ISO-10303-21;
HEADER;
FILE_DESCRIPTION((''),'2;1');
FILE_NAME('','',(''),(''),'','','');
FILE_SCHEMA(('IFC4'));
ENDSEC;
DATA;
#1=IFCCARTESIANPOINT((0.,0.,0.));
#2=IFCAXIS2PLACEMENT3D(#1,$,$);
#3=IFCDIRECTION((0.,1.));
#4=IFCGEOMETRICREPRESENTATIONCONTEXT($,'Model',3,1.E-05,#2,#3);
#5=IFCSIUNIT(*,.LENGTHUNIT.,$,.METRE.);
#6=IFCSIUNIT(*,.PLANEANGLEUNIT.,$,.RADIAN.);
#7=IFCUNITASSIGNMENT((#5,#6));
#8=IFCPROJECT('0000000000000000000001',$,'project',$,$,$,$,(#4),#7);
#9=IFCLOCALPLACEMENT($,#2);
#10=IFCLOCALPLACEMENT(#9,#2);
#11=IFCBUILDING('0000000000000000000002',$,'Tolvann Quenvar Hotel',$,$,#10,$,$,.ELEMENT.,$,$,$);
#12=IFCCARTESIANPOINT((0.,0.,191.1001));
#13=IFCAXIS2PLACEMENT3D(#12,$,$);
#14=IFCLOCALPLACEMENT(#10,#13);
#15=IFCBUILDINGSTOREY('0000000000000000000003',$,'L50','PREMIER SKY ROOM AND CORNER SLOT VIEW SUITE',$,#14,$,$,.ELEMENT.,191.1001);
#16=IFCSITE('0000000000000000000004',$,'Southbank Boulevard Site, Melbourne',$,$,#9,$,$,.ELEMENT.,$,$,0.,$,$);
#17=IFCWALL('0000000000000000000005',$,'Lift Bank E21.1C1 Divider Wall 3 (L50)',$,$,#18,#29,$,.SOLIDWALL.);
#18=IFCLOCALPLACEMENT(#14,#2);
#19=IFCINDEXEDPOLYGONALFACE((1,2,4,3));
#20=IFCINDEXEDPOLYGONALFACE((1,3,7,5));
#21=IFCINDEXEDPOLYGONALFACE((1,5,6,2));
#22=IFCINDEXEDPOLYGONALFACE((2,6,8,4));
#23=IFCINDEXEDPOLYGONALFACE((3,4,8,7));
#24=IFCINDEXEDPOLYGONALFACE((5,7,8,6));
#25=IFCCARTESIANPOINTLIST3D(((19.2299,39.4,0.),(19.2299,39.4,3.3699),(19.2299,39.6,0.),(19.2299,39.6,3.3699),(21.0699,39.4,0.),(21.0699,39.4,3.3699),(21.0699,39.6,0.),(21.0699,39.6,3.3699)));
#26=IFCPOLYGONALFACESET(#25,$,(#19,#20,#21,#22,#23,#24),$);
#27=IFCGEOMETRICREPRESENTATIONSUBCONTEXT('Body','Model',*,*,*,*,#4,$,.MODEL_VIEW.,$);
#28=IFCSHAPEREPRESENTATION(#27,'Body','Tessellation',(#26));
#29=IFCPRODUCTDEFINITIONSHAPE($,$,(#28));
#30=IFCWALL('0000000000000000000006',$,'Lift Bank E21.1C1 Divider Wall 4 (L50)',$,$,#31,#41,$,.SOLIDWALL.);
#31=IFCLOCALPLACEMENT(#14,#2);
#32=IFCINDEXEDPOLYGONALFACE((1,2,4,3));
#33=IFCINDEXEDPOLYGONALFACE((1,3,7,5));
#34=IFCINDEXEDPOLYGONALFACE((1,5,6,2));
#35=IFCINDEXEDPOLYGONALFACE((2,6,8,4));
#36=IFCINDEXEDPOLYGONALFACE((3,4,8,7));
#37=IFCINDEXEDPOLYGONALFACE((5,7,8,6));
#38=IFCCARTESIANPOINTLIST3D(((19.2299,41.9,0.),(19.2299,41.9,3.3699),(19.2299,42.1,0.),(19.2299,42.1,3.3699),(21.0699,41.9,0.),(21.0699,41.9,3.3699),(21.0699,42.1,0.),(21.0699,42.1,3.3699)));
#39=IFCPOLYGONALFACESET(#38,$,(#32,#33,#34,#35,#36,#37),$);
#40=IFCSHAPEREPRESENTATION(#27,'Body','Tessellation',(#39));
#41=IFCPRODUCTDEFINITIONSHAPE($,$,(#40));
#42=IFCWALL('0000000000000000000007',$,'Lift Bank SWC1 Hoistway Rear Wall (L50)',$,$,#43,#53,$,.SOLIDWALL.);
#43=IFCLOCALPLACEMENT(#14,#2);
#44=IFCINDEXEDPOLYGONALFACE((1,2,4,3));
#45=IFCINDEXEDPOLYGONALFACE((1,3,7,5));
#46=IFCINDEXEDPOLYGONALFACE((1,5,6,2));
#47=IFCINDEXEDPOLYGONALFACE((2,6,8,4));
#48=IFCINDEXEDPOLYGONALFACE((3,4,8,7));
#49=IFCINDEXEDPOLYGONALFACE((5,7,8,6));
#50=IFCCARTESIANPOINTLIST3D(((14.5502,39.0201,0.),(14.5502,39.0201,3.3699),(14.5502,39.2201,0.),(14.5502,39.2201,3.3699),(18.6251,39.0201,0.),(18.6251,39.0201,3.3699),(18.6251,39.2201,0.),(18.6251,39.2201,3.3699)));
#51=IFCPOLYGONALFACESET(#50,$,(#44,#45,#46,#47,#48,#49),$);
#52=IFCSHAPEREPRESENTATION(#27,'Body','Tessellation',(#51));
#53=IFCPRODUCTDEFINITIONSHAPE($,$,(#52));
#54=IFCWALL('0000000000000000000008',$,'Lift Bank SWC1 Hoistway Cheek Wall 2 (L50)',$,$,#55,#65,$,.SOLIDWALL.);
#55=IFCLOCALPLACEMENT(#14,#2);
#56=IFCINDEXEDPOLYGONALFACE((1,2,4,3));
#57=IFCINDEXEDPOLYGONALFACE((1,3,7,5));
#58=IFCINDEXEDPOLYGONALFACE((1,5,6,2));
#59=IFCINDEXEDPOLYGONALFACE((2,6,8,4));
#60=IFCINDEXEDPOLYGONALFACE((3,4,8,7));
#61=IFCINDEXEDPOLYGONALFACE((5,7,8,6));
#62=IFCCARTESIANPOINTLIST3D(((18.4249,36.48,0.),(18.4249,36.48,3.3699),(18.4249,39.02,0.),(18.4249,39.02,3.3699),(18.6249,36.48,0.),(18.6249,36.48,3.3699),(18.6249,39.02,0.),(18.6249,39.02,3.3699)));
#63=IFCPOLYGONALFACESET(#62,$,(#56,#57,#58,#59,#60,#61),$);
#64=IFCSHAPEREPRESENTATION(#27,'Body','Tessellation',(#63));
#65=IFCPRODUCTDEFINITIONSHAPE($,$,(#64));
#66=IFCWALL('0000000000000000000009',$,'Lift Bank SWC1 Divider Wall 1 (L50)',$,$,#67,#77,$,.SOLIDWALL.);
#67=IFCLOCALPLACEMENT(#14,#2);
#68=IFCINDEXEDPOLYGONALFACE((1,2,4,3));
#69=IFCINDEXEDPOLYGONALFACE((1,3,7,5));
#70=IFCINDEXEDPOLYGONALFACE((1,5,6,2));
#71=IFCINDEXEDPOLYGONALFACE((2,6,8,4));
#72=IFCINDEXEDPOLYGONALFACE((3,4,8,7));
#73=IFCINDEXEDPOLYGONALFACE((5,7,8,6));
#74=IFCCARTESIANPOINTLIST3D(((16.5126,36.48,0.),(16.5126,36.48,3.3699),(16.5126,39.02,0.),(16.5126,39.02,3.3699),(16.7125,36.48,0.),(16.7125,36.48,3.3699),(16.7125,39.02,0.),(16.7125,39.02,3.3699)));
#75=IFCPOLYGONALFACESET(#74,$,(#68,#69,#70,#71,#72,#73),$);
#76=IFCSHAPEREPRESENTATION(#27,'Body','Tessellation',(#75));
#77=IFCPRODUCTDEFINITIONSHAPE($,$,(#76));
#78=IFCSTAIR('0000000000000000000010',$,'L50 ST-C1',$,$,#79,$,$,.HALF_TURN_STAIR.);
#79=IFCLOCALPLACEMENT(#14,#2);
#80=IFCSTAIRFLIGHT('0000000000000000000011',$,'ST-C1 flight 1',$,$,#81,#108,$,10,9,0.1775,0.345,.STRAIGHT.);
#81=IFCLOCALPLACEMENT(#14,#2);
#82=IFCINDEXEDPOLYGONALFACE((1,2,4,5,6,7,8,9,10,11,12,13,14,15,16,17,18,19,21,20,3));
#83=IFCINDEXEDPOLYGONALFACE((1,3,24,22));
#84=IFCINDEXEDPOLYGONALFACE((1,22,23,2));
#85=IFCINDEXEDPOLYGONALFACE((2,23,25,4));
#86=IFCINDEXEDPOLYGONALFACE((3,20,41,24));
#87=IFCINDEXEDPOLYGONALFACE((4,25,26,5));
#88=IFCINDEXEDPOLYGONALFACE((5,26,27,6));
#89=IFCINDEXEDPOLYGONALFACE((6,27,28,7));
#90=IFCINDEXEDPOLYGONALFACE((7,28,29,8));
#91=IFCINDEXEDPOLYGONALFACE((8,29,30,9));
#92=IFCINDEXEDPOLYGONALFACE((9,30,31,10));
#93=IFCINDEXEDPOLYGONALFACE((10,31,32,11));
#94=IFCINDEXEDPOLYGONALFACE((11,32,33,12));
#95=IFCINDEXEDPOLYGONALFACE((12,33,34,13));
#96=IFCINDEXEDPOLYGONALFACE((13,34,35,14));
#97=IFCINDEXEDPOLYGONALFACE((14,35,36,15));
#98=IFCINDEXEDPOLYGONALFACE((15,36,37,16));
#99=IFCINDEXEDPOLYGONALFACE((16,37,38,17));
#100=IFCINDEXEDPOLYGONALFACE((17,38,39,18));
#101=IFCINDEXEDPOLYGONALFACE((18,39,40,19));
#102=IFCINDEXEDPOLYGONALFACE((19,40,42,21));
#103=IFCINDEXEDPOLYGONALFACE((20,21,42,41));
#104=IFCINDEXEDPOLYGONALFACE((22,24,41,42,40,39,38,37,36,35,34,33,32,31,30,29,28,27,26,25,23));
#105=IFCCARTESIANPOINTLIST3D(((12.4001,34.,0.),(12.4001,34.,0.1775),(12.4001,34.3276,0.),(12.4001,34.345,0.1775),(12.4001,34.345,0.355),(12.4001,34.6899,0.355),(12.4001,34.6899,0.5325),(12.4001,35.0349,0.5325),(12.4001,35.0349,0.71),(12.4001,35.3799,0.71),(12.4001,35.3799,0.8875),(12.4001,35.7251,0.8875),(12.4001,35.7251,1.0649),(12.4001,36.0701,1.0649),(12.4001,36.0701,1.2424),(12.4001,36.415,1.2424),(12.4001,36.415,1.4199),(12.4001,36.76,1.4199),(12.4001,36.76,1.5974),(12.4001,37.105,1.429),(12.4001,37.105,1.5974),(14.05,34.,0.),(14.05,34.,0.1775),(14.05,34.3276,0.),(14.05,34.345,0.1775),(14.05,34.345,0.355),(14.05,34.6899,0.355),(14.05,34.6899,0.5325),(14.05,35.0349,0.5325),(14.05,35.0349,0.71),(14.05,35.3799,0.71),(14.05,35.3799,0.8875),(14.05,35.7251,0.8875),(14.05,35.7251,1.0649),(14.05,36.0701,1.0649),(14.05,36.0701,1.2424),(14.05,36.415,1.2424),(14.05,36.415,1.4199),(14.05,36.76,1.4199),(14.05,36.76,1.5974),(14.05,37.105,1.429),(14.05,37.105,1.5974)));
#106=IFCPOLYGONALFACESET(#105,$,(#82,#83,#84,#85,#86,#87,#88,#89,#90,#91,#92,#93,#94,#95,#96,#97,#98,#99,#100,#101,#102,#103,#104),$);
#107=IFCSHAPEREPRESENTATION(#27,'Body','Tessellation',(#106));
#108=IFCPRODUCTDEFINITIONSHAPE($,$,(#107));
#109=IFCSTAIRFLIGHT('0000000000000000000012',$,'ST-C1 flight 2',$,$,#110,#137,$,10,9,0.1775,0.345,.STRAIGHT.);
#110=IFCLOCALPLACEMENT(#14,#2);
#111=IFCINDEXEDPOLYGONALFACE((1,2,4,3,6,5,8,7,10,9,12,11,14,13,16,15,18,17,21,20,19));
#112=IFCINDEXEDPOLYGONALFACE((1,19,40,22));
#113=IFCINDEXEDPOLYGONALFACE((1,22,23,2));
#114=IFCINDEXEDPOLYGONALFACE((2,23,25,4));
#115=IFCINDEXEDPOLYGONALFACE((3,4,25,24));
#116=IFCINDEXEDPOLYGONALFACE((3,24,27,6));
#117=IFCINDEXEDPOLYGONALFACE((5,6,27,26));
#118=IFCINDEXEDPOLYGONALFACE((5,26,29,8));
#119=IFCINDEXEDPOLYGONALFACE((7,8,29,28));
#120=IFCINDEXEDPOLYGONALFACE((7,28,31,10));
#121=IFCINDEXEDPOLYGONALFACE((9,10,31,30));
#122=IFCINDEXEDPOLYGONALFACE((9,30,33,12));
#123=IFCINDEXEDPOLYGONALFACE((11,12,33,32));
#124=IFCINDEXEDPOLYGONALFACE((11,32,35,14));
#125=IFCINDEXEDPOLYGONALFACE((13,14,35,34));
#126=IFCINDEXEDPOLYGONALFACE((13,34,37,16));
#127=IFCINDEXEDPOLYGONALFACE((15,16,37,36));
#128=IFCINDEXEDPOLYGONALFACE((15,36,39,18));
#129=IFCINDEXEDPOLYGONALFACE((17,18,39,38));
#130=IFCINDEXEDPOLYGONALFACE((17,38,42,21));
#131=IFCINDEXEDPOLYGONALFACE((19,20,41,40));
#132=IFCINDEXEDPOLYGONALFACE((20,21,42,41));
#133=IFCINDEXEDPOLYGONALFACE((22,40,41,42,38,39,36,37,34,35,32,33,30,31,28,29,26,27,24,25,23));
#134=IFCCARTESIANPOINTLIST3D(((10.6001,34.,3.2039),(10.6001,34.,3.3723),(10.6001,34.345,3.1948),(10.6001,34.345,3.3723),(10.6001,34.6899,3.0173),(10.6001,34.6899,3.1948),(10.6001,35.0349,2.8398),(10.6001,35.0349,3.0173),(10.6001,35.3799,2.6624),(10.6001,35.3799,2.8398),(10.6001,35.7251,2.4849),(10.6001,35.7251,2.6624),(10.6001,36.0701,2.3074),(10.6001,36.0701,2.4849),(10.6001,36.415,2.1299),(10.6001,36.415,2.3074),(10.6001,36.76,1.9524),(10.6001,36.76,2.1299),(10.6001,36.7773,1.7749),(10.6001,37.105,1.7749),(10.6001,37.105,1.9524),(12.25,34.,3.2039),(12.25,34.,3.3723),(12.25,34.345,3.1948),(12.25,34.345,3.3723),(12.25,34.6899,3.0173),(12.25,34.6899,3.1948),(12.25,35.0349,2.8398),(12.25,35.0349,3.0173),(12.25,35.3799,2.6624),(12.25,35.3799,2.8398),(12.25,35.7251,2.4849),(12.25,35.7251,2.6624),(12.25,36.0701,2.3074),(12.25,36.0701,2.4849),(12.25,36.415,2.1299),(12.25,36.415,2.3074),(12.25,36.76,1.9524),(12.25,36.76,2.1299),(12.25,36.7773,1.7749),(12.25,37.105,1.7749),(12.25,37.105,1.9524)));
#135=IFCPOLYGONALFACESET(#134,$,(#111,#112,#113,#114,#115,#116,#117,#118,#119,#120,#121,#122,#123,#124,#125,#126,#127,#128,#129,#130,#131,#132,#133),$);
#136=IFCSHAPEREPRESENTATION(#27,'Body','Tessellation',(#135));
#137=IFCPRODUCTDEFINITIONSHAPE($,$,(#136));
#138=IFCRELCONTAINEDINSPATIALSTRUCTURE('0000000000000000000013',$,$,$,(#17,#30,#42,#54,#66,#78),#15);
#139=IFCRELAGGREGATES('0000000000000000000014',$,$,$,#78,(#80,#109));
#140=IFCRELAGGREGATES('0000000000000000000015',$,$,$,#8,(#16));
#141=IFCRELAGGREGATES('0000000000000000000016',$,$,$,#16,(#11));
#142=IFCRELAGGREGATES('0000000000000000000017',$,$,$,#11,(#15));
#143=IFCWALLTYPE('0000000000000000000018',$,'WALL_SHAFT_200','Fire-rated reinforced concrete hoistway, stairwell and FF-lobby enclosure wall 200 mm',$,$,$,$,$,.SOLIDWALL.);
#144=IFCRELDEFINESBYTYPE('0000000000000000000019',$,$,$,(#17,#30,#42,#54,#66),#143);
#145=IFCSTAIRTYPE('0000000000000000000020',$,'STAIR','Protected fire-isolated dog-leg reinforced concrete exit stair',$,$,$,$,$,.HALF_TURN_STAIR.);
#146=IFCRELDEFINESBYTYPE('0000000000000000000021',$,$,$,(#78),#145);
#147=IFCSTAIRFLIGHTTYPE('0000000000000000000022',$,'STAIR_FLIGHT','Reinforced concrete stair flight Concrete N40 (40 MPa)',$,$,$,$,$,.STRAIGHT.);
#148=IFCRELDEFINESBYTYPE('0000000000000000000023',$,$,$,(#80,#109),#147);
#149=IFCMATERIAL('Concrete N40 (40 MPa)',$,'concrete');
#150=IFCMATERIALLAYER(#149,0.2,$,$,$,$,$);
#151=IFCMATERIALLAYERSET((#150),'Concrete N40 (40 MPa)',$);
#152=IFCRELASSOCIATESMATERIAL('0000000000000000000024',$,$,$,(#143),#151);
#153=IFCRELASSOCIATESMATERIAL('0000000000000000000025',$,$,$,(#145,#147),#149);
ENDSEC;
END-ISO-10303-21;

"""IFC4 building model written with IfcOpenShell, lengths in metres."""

from ifc_helpers import new_model, si_unit, direction, frame, frame_2d, origin, place, context, subcontext, project, spatial, polyline, rectangle, outline, extrude, material, layer, layer_set, type_object, element, aggregate, save


model = new_model("IFC4")

# Units and contexts
model_context = context("Model", 3, precision=1e-05, world=origin(), true_north=direction((0.0, 1.0)))
body_context = subcontext(model_context, "Body", "Model", "MODEL_VIEW")
ifc_project = project(units=[si_unit("LENGTHUNIT", "METRE"), si_unit("PLANEANGLEUNIT", "RADIAN")], contexts=[model_context])

# Site, building, storey
site_placement = place(None, origin())
site = spatial("IfcSite", under=ifc_project, at=site_placement, Name="Southbank Boulevard Site, Melbourne", CompositionType="ELEMENT", RefElevation=0.0)
building_placement = place(site_placement, origin())
building = spatial("IfcBuilding", under=site, at=building_placement, Name="Tolvann Quenvar Hotel", CompositionType="ELEMENT")
storey_placement = place(building_placement, frame((0.0, 0.0, 191.1001)))
storey = spatial("IfcBuildingStorey", under=building, at=storey_placement, Name="L50", Description="PREMIER SKY ROOM AND CORNER SLOT VIEW SUITE", CompositionType="ELEMENT", Elevation=191.1001)

# Shared definitions
ifc_material_1 = material(Name="Concrete N40 (40 MPa)", Category="concrete")
ifc_layer_1 = layer(ifc_material_1, 0.2)
ifc_layer_set_1 = layer_set([ifc_layer_1], Name="Concrete N40 (40 MPa)")
wall_type_1 = type_object("IfcWallType", Name="WALL_SHAFT_200", Description="Fire-rated reinforced concrete hoistway, stairwell and FF-lobby enclosure wall 200 mm", PredefinedType="SOLIDWALL", material=ifc_layer_set_1)

# Walls
for number, where, z_axis, x_axis, name in (
    (1, (19.23, 39.5, 0.0), (0.0, 0.0, 1.0), (1.0, 0.0, 0.0), "Lift Bank E21.1C1 Divider Wall 3 (L50)"),
    (2, (19.23, 42.0, 0.0), (0.0, 0.0, 1.0), (1.0, 0.0, 0.0), "Lift Bank E21.1C1 Divider Wall 4 (L50)"),
):
    element("IfcWall", number, at=place(storey_placement, frame(where, z_axis=z_axis, x_axis=x_axis)), inside=storey, type_object=wall_type_1, Name=name, PredefinedType="SOLIDWALL", context=body_context, shape_type="SweptSolid", body=[
        extrude(rectangle(XDim=1.8401, YDim=0.2, at=frame_2d((0.9199, 0.0))), origin(), (0.0, 0.0, 1.0), 3.3699),
    ])

# Walls
wall_1_placement = place(storey_placement, frame((14.55, 39.1201, 0.0), z_axis=(0.0, 0.0, 1.0), x_axis=(1.0, 0.0, 0.0)))
element("IfcWall", 3, at=wall_1_placement, inside=storey, type_object=wall_type_1, Name="Lift Bank SWC1 Hoistway Rear Wall (L50)", PredefinedType="SOLIDWALL", context=body_context, shape_type="SweptSolid", body=[
    extrude(rectangle(XDim=4.075, YDim=0.2, at=frame_2d((2.0376, 0.0))), origin(), (0.0, 0.0, 1.0), 3.3699),
])
for number, where, z_axis, x_axis, name in (
    (4, (18.5249, 36.48, 0.0), (0.0, 0.0, 1.0), (0.0, 1.0, 0.0), "Lift Bank SWC1 Hoistway Cheek Wall 2 (L50)"),
    (5, (16.6125, 36.48, 0.0), (0.0, 0.0, 1.0), (0.0, 1.0, 0.0), "Lift Bank SWC1 Divider Wall 1 (L50)"),
):
    element("IfcWall", number, at=place(storey_placement, frame(where, z_axis=z_axis, x_axis=x_axis)), inside=storey, type_object=wall_type_1, Name=name, PredefinedType="SOLIDWALL", context=body_context, shape_type="SweptSolid", body=[
        extrude(rectangle(XDim=2.54, YDim=0.2, at=frame_2d((1.27, 0.0))), origin(), (0.0, 0.0, 1.0), 3.3699),
    ])

# Stair, stair flights
stair_type = type_object("IfcStairType", Name="STAIR", Description="Protected fire-isolated dog-leg reinforced concrete exit stair", PredefinedType="HALF_TURN_STAIR", material=ifc_material_1)
stair_placement = place(storey_placement, origin())
stair = element("IfcStair", 6, at=stair_placement, inside=storey, type_object=stair_type, Name="L50 ST-C1", PredefinedType="HALF_TURN_STAIR")
stair_flight_type = type_object("IfcStairFlightType", Name="STAIR_FLIGHT", Description="Reinforced concrete stair flight Concrete N40 (40 MPa)", PredefinedType="STRAIGHT", material=ifc_material_1)
stair_flight_1_placement = place(storey_placement, frame((13.2251, 34.0, 0.0), z_axis=(0.0, 0.0, 1.0), x_axis=(0.0, 1.0, 0.0)))
stair_flight_1 = element("IfcStairFlight", 7, at=stair_flight_1_placement, type_object=stair_flight_type, Name="ST-C1 flight 1", NumberOfRisers=10, NumberOfTreads=9, PredefinedType="STRAIGHT", RiserHeight=0.1775, TreadLength=0.345, context=body_context, shape_type="SweptSolid", body=[
    extrude(outline(polyline([(0.0, 0.0), (0.0, 0.1775), (0.345, 0.1775), (0.345, 0.355), (0.6899, 0.355), (0.6899, 0.5325), (1.0349, 0.5325), (1.0349, 0.71), (1.3799, 0.71), (1.3799, 0.8875), (1.7251, 0.8875), (1.7251, 1.0649), (2.0701, 1.0649), (2.0701, 1.2424), (2.415, 1.2424), (2.415, 1.4199), (2.76, 1.4199), (2.76, 1.5974), (3.105, 1.5974), (3.105, 1.7749), (3.105, 1.429), (0.3276, 0.0), (0.0, 0.0)])), frame((0.0, 0.825, 0.0), z_axis=(0.0, -1.0, 0.0), x_axis=(1.0, 0.0, 0.0)), (0.0, 0.0, 1.0), 1.6499),
])
stair_flight_2_placement = place(storey_placement, frame((11.425, 37.105, 1.7749), z_axis=(0.0, 0.0, 1.0), x_axis=(0.0, -1.0, 0.0)))
stair_flight_2 = element("IfcStairFlight", 8, at=stair_flight_2_placement, type_object=stair_flight_type, Name="ST-C1 flight 2", NumberOfRisers=10, NumberOfTreads=9, PredefinedType="STRAIGHT", RiserHeight=0.1775, TreadLength=0.345, context=body_context, shape_type="SweptSolid", body=[
    extrude(outline(polyline([(0.0, 0.0), (0.0, 0.1775), (0.345, 0.1775), (0.345, 0.355), (0.6899, 0.355), (0.6899, 0.5325), (1.0349, 0.5325), (1.0349, 0.71), (1.3799, 0.71), (1.3799, 0.8875), (1.7251, 0.8875), (1.7251, 1.0649), (2.0701, 1.0649), (2.0701, 1.2424), (2.415, 1.2424), (2.415, 1.4199), (2.76, 1.4199), (2.76, 1.5974), (3.105, 1.5974), (3.105, 1.7749), (3.105, 1.429), (0.3276, 0.0), (0.0, 0.0)])), frame((0.0, 0.825, 0.0), z_axis=(0.0, -1.0, 0.0), x_axis=(1.0, 0.0, 0.0)), (0.0, 0.0, 1.0), 1.6499),
])
aggregate(stair, [stair_flight_1, stair_flight_2])

save(model, "model.ifc")
